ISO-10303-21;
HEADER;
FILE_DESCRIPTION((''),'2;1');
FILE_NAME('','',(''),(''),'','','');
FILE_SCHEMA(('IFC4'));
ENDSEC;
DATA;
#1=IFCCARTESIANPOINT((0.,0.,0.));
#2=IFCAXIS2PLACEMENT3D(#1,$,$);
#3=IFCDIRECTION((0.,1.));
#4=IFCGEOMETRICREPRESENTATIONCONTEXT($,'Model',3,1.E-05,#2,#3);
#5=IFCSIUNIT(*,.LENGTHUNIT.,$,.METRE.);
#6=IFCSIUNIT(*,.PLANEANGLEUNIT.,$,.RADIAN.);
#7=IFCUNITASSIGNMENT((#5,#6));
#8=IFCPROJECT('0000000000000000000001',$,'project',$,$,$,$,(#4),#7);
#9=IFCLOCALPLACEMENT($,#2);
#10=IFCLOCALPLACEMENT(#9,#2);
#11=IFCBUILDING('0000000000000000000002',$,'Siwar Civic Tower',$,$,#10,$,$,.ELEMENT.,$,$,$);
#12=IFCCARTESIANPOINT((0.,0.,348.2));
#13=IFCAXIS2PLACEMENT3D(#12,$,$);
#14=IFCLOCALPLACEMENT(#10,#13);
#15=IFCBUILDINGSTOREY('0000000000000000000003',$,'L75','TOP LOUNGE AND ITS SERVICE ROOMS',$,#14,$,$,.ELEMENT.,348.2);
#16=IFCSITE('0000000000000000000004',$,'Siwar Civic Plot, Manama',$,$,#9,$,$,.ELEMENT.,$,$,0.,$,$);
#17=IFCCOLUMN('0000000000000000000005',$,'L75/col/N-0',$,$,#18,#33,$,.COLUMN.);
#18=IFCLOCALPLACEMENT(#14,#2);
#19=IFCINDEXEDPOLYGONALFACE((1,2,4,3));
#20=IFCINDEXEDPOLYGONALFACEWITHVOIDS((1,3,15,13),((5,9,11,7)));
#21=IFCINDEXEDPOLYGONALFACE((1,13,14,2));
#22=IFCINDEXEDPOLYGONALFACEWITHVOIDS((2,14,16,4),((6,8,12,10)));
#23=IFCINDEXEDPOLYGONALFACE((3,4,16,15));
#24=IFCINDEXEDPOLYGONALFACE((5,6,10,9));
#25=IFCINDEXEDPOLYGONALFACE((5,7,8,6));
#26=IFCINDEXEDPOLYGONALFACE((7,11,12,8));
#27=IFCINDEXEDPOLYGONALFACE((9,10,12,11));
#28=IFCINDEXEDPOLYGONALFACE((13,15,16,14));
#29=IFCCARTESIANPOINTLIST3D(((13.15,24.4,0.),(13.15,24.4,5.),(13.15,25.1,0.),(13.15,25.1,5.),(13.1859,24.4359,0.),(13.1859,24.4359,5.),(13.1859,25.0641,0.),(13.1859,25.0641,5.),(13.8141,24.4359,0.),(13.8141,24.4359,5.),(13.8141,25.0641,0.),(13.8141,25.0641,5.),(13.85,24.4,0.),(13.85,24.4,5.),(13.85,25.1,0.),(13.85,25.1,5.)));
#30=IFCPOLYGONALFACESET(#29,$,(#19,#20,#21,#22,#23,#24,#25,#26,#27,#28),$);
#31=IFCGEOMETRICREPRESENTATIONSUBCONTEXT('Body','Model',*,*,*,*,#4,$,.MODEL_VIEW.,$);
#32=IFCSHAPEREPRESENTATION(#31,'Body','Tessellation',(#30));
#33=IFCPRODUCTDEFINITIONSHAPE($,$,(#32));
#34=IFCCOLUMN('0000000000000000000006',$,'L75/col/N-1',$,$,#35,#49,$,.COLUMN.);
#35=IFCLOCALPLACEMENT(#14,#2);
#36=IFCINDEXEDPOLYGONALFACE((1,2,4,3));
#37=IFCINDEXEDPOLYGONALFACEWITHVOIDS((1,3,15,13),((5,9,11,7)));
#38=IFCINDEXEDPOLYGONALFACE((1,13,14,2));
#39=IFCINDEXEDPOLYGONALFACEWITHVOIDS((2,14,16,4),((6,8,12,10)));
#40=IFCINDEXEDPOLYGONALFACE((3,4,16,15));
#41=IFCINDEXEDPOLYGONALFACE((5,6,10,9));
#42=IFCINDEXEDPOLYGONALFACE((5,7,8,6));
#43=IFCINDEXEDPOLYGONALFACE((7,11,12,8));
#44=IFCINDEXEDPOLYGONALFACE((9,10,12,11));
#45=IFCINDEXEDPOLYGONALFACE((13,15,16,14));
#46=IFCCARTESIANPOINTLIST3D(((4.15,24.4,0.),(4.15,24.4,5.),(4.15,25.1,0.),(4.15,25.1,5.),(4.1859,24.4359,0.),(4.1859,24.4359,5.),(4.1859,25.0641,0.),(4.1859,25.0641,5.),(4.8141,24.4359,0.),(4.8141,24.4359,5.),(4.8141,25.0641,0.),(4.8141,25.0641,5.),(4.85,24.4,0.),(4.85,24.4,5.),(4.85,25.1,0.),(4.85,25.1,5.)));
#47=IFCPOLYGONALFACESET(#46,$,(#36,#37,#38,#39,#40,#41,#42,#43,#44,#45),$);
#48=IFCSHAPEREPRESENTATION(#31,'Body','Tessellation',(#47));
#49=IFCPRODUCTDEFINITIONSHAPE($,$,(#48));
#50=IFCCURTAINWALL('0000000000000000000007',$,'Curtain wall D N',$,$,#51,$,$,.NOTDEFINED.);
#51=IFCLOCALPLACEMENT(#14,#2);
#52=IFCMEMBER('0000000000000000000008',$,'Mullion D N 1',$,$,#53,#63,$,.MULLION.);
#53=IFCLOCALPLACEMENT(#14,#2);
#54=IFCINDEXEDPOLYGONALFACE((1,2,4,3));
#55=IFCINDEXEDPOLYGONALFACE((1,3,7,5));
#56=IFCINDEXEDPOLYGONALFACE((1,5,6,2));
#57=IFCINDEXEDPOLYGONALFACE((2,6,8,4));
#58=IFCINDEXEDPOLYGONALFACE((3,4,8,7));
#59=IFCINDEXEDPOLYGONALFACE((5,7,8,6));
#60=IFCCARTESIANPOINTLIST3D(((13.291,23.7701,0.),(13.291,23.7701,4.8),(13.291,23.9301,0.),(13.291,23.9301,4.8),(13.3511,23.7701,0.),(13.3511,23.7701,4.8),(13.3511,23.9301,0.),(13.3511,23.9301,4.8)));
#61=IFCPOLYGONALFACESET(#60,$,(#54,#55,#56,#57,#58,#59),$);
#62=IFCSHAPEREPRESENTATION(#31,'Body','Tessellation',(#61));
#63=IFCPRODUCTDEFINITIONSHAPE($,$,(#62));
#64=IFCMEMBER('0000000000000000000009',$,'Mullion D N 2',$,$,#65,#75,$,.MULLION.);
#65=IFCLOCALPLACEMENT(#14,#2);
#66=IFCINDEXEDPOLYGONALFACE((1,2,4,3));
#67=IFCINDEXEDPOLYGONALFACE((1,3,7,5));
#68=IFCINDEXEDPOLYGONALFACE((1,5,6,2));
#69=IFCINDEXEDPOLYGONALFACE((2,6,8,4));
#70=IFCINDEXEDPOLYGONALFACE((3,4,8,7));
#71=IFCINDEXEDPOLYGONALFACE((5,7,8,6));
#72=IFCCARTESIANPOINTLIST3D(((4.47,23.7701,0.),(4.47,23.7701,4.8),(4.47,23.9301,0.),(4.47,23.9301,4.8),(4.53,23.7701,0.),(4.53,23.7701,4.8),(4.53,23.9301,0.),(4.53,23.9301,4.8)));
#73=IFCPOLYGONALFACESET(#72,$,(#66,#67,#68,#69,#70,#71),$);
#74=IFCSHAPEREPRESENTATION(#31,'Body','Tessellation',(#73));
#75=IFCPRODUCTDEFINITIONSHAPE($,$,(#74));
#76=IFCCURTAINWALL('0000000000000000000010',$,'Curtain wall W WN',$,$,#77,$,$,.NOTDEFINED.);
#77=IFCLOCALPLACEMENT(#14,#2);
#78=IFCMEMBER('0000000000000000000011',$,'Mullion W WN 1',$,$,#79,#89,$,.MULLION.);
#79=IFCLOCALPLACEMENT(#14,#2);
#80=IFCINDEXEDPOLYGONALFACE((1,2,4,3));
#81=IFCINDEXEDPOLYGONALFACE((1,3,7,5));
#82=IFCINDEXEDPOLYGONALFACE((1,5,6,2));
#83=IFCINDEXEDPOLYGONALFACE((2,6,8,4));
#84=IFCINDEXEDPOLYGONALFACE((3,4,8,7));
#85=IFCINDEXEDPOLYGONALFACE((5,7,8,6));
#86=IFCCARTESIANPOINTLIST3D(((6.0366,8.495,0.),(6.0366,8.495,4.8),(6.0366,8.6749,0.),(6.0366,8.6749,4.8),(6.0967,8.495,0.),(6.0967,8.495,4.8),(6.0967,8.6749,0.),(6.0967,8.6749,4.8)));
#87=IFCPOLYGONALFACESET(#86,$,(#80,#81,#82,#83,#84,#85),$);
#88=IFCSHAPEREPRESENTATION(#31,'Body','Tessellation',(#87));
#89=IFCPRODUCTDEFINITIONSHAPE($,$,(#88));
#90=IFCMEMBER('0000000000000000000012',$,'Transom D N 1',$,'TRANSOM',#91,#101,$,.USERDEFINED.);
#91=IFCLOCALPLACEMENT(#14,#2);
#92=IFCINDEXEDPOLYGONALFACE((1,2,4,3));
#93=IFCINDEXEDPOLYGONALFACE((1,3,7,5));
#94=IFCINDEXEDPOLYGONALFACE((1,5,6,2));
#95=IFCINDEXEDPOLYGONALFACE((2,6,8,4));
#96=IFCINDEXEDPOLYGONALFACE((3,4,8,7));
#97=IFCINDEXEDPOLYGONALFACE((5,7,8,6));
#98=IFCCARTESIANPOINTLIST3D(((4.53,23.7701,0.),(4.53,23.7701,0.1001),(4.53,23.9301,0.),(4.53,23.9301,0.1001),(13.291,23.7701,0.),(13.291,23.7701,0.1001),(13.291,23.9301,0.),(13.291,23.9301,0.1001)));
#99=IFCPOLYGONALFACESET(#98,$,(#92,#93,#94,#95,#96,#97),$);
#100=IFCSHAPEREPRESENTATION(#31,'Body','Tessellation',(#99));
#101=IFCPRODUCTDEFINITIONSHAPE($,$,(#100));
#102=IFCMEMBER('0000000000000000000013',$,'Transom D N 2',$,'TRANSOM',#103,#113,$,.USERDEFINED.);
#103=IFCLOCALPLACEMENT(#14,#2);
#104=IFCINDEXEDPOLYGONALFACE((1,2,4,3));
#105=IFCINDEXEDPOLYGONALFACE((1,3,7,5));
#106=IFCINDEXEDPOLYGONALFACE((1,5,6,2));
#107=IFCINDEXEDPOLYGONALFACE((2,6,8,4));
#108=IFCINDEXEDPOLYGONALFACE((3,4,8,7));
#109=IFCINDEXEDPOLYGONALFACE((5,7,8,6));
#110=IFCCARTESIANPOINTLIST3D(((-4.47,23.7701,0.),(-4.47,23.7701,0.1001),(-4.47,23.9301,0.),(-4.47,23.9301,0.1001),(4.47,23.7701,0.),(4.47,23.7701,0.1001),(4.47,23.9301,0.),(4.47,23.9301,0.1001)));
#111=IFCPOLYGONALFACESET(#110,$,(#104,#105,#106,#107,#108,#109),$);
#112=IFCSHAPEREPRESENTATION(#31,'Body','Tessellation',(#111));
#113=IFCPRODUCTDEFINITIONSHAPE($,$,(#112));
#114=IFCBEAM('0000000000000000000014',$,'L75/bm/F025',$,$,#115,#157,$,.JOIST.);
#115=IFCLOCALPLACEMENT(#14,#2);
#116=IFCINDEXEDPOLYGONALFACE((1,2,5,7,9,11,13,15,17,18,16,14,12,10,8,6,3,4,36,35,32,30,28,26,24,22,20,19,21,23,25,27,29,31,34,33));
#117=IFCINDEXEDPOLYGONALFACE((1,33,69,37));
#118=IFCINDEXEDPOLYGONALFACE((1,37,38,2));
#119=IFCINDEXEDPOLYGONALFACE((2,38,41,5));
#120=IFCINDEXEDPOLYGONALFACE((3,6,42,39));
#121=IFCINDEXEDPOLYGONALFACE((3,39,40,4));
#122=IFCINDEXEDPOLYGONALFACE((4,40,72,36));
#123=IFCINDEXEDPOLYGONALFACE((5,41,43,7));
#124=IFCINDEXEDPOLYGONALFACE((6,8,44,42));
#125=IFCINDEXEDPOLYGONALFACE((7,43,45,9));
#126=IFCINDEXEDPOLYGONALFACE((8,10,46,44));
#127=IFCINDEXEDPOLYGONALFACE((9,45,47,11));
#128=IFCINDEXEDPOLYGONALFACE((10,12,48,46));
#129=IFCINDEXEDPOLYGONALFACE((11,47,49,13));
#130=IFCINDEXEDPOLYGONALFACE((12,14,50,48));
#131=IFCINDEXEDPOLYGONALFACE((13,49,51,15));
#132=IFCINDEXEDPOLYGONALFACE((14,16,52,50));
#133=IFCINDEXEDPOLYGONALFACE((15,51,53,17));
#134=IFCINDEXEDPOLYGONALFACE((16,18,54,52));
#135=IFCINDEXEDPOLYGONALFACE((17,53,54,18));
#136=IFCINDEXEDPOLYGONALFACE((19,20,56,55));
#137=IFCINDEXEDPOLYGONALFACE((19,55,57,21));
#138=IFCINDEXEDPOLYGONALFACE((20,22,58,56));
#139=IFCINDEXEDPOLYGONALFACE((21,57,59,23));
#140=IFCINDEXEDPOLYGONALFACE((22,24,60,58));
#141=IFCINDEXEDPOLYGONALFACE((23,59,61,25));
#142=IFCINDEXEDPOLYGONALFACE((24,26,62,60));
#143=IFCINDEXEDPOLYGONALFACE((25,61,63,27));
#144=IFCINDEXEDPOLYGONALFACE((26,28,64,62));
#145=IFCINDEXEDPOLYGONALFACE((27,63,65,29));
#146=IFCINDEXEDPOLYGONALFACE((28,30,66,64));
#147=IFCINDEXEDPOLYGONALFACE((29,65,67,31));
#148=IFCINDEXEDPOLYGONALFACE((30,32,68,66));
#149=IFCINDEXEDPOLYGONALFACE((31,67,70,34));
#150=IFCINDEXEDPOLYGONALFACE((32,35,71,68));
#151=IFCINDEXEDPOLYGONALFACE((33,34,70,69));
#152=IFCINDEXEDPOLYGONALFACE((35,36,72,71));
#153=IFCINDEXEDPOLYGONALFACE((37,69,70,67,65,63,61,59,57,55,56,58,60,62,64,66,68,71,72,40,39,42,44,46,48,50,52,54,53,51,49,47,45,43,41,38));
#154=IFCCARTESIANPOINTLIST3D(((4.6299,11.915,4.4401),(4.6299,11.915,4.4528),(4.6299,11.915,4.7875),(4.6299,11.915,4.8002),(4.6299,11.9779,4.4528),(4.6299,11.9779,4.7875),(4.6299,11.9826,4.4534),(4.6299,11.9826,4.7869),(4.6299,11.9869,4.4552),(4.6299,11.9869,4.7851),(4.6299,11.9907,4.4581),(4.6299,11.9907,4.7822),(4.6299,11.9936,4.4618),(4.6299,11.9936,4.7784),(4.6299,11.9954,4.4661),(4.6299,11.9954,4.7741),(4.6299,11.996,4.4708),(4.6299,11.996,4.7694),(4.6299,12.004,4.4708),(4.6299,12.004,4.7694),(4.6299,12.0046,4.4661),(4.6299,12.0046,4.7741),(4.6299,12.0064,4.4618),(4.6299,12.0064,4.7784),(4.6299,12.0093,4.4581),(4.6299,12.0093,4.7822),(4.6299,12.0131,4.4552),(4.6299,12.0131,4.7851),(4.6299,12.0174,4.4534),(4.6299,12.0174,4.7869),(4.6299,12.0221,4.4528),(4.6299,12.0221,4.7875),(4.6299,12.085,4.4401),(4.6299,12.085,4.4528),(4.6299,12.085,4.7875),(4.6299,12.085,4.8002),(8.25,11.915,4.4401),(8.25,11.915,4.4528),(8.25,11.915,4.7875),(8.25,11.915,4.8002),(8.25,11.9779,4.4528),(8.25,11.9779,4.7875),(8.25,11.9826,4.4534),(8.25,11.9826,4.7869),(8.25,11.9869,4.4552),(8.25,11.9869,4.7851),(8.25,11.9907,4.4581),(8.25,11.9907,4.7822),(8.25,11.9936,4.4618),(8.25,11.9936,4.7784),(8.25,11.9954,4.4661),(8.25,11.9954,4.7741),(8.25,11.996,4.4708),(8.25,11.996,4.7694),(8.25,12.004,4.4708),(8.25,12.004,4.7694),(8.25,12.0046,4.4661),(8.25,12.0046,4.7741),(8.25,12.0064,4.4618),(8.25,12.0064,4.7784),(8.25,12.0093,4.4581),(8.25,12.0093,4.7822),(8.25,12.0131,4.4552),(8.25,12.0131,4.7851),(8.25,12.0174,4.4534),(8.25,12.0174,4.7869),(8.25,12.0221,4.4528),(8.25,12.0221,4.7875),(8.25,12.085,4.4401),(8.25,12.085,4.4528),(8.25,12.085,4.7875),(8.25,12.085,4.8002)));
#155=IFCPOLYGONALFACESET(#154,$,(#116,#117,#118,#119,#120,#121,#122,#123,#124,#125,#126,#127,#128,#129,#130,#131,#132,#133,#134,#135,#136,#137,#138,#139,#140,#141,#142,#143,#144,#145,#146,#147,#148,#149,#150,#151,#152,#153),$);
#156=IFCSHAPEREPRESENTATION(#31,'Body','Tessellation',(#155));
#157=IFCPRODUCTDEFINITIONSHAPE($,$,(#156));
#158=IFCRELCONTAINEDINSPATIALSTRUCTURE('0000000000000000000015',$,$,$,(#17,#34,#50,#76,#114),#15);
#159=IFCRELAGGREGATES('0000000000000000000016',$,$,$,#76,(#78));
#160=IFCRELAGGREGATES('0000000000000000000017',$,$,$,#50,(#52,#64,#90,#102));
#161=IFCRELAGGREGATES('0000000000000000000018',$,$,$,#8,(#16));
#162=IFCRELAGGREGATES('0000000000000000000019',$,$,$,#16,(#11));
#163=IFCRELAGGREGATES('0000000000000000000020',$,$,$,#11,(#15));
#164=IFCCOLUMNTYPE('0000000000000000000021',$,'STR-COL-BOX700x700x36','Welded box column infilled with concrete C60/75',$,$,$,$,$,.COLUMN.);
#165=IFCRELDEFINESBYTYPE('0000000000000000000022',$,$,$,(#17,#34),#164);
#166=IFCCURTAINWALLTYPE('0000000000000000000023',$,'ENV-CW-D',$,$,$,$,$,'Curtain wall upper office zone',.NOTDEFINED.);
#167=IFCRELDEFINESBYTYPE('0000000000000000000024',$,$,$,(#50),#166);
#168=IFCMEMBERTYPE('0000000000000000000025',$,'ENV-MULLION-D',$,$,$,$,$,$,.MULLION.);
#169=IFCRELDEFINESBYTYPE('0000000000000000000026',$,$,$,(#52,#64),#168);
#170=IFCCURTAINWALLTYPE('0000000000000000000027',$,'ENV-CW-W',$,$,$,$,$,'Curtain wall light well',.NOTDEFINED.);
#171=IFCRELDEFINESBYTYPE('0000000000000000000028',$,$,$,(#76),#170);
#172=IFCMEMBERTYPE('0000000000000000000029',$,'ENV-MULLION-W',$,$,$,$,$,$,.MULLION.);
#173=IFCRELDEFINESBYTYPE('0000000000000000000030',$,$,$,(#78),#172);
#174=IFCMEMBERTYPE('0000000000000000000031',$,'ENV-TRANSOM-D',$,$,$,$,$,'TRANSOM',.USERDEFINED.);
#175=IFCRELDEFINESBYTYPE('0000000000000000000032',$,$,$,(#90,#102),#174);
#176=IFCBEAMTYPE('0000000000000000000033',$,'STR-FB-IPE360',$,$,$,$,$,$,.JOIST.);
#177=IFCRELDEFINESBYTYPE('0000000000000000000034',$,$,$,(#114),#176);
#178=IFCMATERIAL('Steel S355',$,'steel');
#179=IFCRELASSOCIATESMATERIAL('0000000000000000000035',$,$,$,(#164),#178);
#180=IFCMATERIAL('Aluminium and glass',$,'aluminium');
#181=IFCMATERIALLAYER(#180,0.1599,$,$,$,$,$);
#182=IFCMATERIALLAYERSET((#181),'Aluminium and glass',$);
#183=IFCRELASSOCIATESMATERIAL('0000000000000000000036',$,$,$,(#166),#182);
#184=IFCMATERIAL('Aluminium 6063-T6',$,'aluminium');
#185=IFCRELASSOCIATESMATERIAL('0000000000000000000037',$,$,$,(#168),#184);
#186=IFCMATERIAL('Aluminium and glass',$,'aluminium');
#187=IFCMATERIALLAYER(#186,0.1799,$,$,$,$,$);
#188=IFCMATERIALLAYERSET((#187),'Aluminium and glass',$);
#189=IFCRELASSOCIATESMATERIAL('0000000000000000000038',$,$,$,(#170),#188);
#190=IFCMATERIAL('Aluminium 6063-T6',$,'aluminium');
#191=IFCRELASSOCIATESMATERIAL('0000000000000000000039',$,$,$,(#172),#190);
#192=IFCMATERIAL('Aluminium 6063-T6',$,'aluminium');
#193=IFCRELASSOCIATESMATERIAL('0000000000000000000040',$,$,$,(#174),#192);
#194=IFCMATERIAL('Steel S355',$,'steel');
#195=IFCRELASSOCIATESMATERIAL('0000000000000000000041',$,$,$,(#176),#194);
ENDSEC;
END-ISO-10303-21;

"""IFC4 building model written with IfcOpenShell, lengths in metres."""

from ifc_helpers import new_model, si_unit, direction, frame, origin, origin_2d, place, context, subcontext, project, spatial, rectangle, hollow_rectangle, i_section, extrude, material, layer, layer_set, material_profile, profile_set, type_object, element, aggregate, save


model = new_model("IFC4")

# Units and contexts
model_context = context("Model", 3, precision=1e-05, world=origin(), true_north=direction((0.0, 1.0)))
body_context = subcontext(model_context, "Body", "Model", "MODEL_VIEW")
ifc_project = project(units=[si_unit("LENGTHUNIT", "METRE"), si_unit("PLANEANGLEUNIT", "RADIAN")], contexts=[model_context])

# Site, building, storey
site_placement = place(None, origin())
site = spatial("IfcSite", under=ifc_project, at=site_placement, Name="Siwar Civic Plot, Manama", CompositionType="ELEMENT", RefElevation=0.0)
building_placement = place(site_placement, origin())
building = spatial("IfcBuilding", under=site, at=building_placement, Name="Siwar Civic Tower", CompositionType="ELEMENT")
storey_placement = place(building_placement, frame((0.0, 0.0, 348.2)))
storey = spatial("IfcBuildingStorey", under=building, at=storey_placement, Name="L75", Description="TOP LOUNGE AND ITS SERVICE ROOMS", CompositionType="ELEMENT", Elevation=348.2)

# Columns
ifc_material_1 = material(Name="Steel S355", Category="steel")
ifc_material_profile_1 = material_profile(ifc_material_1, hollow_rectangle(XDim=0.7, YDim=0.7, WallThickness=0.0359, at=origin_2d()), Name="BOX700x700x36")
ifc_profile_set_1 = profile_set([ifc_material_profile_1], Name="Steel S355")
column_type = type_object("IfcColumnType", Name="STR-COL-BOX700x700x36", Description="Welded box column infilled with concrete C60/75", PredefinedType="COLUMN", material=ifc_profile_set_1)
for number, where, z_axis, x_axis, name in (
    (1, (13.5, 24.75, 0.0), (0.0, 0.0, 1.0), (1.0, 0.0, 0.0), "L75/col/N-0"),
    (2, (4.5, 24.75, 0.0), (0.0, 0.0, 1.0), (1.0, 0.0, 0.0), "L75/col/N-1"),
):
    element("IfcColumn", number, at=place(storey_placement, frame(where, z_axis=z_axis, x_axis=x_axis)), inside=storey, type_object=column_type, Name=name, PredefinedType="COLUMN", context=body_context, shape_type="SweptSolid", body=[
        extrude(hollow_rectangle(XDim=0.7, YDim=0.7, WallThickness=0.0359, at=origin_2d()), origin(), (0.0, 0.0, 1.0), 5.0),
    ])

# Curtain wall, members
ifc_material_2 = material(Name="Aluminium and glass", Category="aluminium")
ifc_layer_1 = layer(ifc_material_2, 0.1599)
ifc_layer_set_1 = layer_set([ifc_layer_1], Name="Aluminium and glass")
curtain_wall_type_1 = type_object("IfcCurtainWallType", Name="ENV-CW-D", ElementType="Curtain wall upper office zone", PredefinedType="NOTDEFINED", material=ifc_layer_set_1)
curtain_wall_1_placement = place(storey_placement, origin())
curtain_wall_1 = element("IfcCurtainWall", 3, at=curtain_wall_1_placement, inside=storey, type_object=curtain_wall_type_1, Name="Curtain wall D N", PredefinedType="NOTDEFINED")
ifc_material_3 = material(Name="Aluminium 6063-T6", Category="aluminium")
ifc_material_profile_2 = material_profile(ifc_material_3, rectangle(XDim=0.1599, YDim=0.0601, at=origin_2d()), Name="AL 160x60")
ifc_profile_set_2 = profile_set([ifc_material_profile_2], Name="Aluminium 6063-T6")
member_type_1 = type_object("IfcMemberType", Name="ENV-MULLION-D", PredefinedType="MULLION", material=ifc_profile_set_2)
member_1_placement = place(storey_placement, frame((13.321, 23.8501, 0.0), z_axis=(0.0, 0.0, 1.0), x_axis=(0.0, -1.0, 0.0)))
member_1 = element("IfcMember", 4, at=member_1_placement, type_object=member_type_1, Name="Mullion D N 1", PredefinedType="MULLION", context=body_context, shape_type="SweptSolid", body=[
    extrude(rectangle(XDim=0.1599, YDim=0.0601, at=origin_2d()), origin(), (0.0, 0.0, 1.0), 4.8),
])
member_2_placement = place(storey_placement, frame((4.5, 23.8501, 0.0), z_axis=(0.0, 0.0, 1.0), x_axis=(0.0, -1.0, 0.0)))
member_2 = element("IfcMember", 5, at=member_2_placement, type_object=member_type_1, Name="Mullion D N 2", PredefinedType="MULLION", context=body_context, shape_type="SweptSolid", body=[
    extrude(rectangle(XDim=0.1599, YDim=0.0601, at=origin_2d()), origin(), (0.0, 0.0, 1.0), 4.8),
])

# Curtain wall, member
ifc_material_4 = material(Name="Aluminium and glass", Category="aluminium")
ifc_layer_2 = layer(ifc_material_4, 0.1799)
ifc_layer_set_2 = layer_set([ifc_layer_2], Name="Aluminium and glass")
curtain_wall_type_2 = type_object("IfcCurtainWallType", Name="ENV-CW-W", ElementType="Curtain wall light well", PredefinedType="NOTDEFINED", material=ifc_layer_set_2)
curtain_wall_2_placement = place(storey_placement, origin())
curtain_wall_2 = element("IfcCurtainWall", 6, at=curtain_wall_2_placement, inside=storey, type_object=curtain_wall_type_2, Name="Curtain wall W WN", PredefinedType="NOTDEFINED")
ifc_material_5 = material(Name="Aluminium 6063-T6", Category="aluminium")
ifc_material_profile_3 = material_profile(ifc_material_5, rectangle(XDim=0.1799, YDim=0.0601, at=origin_2d()), Name="AL 180x60")
ifc_profile_set_3 = profile_set([ifc_material_profile_3], Name="Aluminium 6063-T6")
member_type_2 = type_object("IfcMemberType", Name="ENV-MULLION-W", PredefinedType="MULLION", material=ifc_profile_set_3)
member_3_placement = place(storey_placement, frame((6.0667, 8.585, 0.0), z_axis=(0.0, 0.0, 1.0), x_axis=(0.0, -1.0, 0.0)))
member_3 = element("IfcMember", 7, at=member_3_placement, type_object=member_type_2, Name="Mullion W WN 1", PredefinedType="MULLION", context=body_context, shape_type="SweptSolid", body=[
    extrude(rectangle(XDim=0.1799, YDim=0.0601, at=origin_2d()), origin(), (0.0, 0.0, 1.0), 4.8),
])
aggregate(curtain_wall_2, [member_3])

# Members
ifc_material_6 = material(Name="Aluminium 6063-T6", Category="aluminium")
ifc_material_profile_4 = material_profile(ifc_material_6, rectangle(XDim=0.1599, YDim=0.1001, at=origin_2d()), Name="AL 160x100")
ifc_profile_set_4 = profile_set([ifc_material_profile_4], Name="Aluminium 6063-T6")
member_type_3 = type_object("IfcMemberType", Name="ENV-TRANSOM-D", ElementType="TRANSOM", PredefinedType="USERDEFINED", material=ifc_profile_set_4)
member_4_placement = place(storey_placement, frame((13.291, 23.8501, 0.05), z_axis=(-1.0, 0.0, 0.0), x_axis=(0.0, -1.0, 0.0)))
member_4 = element("IfcMember", 8, at=member_4_placement, type_object=member_type_3, Name="Transom D N 1", ObjectType="TRANSOM", PredefinedType="USERDEFINED", context=body_context, shape_type="SweptSolid", body=[
    extrude(rectangle(XDim=0.1599, YDim=0.1001, at=origin_2d()), origin(), (0.0, 0.0, 1.0), 8.761),
])
member_5_placement = place(storey_placement, frame((4.47, 23.8501, 0.05), z_axis=(-1.0, 0.0, 0.0), x_axis=(0.0, -1.0, 0.0)))
member_5 = element("IfcMember", 9, at=member_5_placement, type_object=member_type_3, Name="Transom D N 2", ObjectType="TRANSOM", PredefinedType="USERDEFINED", context=body_context, shape_type="SweptSolid", body=[
    extrude(rectangle(XDim=0.1599, YDim=0.1001, at=origin_2d()), origin(), (0.0, 0.0, 1.0), 8.9399),
])

# Beam
ifc_material_7 = material(Name="Steel S355", Category="steel")
ifc_material_profile_5 = material_profile(ifc_material_7, i_section(OverallWidth=0.1699, OverallDepth=0.3601, WebThickness=0.0081, FlangeThickness=0.0127, FilletRadius=0.0181, at=origin_2d()), Name="IPE360")
ifc_profile_set_5 = profile_set([ifc_material_profile_5], Name="Steel S355")
beam_type_1 = type_object("IfcBeamType", Name="STR-FB-IPE360", PredefinedType="JOIST", material=ifc_profile_set_5)
beam_1_placement = place(storey_placement, frame((4.6299, 12.0, 4.6201), z_axis=(1.0, 0.0, 0.0), x_axis=(0.0, 1.0, 0.0)))
element("IfcBeam", 10, at=beam_1_placement, inside=storey, type_object=beam_type_1, Name="L75/bm/F025", PredefinedType="JOIST", context=body_context, shape_type="SweptSolid", body=[
    extrude(i_section(OverallWidth=0.1699, OverallDepth=0.3601, WebThickness=0.0081, FlangeThickness=0.0127, FilletRadius=0.0181, at=origin_2d()), origin(), (0.0, 0.0, 1.0), 3.6201),
])

aggregate(curtain_wall_1, [member_1, member_2, member_4, member_5])

save(model, "model.ifc")
